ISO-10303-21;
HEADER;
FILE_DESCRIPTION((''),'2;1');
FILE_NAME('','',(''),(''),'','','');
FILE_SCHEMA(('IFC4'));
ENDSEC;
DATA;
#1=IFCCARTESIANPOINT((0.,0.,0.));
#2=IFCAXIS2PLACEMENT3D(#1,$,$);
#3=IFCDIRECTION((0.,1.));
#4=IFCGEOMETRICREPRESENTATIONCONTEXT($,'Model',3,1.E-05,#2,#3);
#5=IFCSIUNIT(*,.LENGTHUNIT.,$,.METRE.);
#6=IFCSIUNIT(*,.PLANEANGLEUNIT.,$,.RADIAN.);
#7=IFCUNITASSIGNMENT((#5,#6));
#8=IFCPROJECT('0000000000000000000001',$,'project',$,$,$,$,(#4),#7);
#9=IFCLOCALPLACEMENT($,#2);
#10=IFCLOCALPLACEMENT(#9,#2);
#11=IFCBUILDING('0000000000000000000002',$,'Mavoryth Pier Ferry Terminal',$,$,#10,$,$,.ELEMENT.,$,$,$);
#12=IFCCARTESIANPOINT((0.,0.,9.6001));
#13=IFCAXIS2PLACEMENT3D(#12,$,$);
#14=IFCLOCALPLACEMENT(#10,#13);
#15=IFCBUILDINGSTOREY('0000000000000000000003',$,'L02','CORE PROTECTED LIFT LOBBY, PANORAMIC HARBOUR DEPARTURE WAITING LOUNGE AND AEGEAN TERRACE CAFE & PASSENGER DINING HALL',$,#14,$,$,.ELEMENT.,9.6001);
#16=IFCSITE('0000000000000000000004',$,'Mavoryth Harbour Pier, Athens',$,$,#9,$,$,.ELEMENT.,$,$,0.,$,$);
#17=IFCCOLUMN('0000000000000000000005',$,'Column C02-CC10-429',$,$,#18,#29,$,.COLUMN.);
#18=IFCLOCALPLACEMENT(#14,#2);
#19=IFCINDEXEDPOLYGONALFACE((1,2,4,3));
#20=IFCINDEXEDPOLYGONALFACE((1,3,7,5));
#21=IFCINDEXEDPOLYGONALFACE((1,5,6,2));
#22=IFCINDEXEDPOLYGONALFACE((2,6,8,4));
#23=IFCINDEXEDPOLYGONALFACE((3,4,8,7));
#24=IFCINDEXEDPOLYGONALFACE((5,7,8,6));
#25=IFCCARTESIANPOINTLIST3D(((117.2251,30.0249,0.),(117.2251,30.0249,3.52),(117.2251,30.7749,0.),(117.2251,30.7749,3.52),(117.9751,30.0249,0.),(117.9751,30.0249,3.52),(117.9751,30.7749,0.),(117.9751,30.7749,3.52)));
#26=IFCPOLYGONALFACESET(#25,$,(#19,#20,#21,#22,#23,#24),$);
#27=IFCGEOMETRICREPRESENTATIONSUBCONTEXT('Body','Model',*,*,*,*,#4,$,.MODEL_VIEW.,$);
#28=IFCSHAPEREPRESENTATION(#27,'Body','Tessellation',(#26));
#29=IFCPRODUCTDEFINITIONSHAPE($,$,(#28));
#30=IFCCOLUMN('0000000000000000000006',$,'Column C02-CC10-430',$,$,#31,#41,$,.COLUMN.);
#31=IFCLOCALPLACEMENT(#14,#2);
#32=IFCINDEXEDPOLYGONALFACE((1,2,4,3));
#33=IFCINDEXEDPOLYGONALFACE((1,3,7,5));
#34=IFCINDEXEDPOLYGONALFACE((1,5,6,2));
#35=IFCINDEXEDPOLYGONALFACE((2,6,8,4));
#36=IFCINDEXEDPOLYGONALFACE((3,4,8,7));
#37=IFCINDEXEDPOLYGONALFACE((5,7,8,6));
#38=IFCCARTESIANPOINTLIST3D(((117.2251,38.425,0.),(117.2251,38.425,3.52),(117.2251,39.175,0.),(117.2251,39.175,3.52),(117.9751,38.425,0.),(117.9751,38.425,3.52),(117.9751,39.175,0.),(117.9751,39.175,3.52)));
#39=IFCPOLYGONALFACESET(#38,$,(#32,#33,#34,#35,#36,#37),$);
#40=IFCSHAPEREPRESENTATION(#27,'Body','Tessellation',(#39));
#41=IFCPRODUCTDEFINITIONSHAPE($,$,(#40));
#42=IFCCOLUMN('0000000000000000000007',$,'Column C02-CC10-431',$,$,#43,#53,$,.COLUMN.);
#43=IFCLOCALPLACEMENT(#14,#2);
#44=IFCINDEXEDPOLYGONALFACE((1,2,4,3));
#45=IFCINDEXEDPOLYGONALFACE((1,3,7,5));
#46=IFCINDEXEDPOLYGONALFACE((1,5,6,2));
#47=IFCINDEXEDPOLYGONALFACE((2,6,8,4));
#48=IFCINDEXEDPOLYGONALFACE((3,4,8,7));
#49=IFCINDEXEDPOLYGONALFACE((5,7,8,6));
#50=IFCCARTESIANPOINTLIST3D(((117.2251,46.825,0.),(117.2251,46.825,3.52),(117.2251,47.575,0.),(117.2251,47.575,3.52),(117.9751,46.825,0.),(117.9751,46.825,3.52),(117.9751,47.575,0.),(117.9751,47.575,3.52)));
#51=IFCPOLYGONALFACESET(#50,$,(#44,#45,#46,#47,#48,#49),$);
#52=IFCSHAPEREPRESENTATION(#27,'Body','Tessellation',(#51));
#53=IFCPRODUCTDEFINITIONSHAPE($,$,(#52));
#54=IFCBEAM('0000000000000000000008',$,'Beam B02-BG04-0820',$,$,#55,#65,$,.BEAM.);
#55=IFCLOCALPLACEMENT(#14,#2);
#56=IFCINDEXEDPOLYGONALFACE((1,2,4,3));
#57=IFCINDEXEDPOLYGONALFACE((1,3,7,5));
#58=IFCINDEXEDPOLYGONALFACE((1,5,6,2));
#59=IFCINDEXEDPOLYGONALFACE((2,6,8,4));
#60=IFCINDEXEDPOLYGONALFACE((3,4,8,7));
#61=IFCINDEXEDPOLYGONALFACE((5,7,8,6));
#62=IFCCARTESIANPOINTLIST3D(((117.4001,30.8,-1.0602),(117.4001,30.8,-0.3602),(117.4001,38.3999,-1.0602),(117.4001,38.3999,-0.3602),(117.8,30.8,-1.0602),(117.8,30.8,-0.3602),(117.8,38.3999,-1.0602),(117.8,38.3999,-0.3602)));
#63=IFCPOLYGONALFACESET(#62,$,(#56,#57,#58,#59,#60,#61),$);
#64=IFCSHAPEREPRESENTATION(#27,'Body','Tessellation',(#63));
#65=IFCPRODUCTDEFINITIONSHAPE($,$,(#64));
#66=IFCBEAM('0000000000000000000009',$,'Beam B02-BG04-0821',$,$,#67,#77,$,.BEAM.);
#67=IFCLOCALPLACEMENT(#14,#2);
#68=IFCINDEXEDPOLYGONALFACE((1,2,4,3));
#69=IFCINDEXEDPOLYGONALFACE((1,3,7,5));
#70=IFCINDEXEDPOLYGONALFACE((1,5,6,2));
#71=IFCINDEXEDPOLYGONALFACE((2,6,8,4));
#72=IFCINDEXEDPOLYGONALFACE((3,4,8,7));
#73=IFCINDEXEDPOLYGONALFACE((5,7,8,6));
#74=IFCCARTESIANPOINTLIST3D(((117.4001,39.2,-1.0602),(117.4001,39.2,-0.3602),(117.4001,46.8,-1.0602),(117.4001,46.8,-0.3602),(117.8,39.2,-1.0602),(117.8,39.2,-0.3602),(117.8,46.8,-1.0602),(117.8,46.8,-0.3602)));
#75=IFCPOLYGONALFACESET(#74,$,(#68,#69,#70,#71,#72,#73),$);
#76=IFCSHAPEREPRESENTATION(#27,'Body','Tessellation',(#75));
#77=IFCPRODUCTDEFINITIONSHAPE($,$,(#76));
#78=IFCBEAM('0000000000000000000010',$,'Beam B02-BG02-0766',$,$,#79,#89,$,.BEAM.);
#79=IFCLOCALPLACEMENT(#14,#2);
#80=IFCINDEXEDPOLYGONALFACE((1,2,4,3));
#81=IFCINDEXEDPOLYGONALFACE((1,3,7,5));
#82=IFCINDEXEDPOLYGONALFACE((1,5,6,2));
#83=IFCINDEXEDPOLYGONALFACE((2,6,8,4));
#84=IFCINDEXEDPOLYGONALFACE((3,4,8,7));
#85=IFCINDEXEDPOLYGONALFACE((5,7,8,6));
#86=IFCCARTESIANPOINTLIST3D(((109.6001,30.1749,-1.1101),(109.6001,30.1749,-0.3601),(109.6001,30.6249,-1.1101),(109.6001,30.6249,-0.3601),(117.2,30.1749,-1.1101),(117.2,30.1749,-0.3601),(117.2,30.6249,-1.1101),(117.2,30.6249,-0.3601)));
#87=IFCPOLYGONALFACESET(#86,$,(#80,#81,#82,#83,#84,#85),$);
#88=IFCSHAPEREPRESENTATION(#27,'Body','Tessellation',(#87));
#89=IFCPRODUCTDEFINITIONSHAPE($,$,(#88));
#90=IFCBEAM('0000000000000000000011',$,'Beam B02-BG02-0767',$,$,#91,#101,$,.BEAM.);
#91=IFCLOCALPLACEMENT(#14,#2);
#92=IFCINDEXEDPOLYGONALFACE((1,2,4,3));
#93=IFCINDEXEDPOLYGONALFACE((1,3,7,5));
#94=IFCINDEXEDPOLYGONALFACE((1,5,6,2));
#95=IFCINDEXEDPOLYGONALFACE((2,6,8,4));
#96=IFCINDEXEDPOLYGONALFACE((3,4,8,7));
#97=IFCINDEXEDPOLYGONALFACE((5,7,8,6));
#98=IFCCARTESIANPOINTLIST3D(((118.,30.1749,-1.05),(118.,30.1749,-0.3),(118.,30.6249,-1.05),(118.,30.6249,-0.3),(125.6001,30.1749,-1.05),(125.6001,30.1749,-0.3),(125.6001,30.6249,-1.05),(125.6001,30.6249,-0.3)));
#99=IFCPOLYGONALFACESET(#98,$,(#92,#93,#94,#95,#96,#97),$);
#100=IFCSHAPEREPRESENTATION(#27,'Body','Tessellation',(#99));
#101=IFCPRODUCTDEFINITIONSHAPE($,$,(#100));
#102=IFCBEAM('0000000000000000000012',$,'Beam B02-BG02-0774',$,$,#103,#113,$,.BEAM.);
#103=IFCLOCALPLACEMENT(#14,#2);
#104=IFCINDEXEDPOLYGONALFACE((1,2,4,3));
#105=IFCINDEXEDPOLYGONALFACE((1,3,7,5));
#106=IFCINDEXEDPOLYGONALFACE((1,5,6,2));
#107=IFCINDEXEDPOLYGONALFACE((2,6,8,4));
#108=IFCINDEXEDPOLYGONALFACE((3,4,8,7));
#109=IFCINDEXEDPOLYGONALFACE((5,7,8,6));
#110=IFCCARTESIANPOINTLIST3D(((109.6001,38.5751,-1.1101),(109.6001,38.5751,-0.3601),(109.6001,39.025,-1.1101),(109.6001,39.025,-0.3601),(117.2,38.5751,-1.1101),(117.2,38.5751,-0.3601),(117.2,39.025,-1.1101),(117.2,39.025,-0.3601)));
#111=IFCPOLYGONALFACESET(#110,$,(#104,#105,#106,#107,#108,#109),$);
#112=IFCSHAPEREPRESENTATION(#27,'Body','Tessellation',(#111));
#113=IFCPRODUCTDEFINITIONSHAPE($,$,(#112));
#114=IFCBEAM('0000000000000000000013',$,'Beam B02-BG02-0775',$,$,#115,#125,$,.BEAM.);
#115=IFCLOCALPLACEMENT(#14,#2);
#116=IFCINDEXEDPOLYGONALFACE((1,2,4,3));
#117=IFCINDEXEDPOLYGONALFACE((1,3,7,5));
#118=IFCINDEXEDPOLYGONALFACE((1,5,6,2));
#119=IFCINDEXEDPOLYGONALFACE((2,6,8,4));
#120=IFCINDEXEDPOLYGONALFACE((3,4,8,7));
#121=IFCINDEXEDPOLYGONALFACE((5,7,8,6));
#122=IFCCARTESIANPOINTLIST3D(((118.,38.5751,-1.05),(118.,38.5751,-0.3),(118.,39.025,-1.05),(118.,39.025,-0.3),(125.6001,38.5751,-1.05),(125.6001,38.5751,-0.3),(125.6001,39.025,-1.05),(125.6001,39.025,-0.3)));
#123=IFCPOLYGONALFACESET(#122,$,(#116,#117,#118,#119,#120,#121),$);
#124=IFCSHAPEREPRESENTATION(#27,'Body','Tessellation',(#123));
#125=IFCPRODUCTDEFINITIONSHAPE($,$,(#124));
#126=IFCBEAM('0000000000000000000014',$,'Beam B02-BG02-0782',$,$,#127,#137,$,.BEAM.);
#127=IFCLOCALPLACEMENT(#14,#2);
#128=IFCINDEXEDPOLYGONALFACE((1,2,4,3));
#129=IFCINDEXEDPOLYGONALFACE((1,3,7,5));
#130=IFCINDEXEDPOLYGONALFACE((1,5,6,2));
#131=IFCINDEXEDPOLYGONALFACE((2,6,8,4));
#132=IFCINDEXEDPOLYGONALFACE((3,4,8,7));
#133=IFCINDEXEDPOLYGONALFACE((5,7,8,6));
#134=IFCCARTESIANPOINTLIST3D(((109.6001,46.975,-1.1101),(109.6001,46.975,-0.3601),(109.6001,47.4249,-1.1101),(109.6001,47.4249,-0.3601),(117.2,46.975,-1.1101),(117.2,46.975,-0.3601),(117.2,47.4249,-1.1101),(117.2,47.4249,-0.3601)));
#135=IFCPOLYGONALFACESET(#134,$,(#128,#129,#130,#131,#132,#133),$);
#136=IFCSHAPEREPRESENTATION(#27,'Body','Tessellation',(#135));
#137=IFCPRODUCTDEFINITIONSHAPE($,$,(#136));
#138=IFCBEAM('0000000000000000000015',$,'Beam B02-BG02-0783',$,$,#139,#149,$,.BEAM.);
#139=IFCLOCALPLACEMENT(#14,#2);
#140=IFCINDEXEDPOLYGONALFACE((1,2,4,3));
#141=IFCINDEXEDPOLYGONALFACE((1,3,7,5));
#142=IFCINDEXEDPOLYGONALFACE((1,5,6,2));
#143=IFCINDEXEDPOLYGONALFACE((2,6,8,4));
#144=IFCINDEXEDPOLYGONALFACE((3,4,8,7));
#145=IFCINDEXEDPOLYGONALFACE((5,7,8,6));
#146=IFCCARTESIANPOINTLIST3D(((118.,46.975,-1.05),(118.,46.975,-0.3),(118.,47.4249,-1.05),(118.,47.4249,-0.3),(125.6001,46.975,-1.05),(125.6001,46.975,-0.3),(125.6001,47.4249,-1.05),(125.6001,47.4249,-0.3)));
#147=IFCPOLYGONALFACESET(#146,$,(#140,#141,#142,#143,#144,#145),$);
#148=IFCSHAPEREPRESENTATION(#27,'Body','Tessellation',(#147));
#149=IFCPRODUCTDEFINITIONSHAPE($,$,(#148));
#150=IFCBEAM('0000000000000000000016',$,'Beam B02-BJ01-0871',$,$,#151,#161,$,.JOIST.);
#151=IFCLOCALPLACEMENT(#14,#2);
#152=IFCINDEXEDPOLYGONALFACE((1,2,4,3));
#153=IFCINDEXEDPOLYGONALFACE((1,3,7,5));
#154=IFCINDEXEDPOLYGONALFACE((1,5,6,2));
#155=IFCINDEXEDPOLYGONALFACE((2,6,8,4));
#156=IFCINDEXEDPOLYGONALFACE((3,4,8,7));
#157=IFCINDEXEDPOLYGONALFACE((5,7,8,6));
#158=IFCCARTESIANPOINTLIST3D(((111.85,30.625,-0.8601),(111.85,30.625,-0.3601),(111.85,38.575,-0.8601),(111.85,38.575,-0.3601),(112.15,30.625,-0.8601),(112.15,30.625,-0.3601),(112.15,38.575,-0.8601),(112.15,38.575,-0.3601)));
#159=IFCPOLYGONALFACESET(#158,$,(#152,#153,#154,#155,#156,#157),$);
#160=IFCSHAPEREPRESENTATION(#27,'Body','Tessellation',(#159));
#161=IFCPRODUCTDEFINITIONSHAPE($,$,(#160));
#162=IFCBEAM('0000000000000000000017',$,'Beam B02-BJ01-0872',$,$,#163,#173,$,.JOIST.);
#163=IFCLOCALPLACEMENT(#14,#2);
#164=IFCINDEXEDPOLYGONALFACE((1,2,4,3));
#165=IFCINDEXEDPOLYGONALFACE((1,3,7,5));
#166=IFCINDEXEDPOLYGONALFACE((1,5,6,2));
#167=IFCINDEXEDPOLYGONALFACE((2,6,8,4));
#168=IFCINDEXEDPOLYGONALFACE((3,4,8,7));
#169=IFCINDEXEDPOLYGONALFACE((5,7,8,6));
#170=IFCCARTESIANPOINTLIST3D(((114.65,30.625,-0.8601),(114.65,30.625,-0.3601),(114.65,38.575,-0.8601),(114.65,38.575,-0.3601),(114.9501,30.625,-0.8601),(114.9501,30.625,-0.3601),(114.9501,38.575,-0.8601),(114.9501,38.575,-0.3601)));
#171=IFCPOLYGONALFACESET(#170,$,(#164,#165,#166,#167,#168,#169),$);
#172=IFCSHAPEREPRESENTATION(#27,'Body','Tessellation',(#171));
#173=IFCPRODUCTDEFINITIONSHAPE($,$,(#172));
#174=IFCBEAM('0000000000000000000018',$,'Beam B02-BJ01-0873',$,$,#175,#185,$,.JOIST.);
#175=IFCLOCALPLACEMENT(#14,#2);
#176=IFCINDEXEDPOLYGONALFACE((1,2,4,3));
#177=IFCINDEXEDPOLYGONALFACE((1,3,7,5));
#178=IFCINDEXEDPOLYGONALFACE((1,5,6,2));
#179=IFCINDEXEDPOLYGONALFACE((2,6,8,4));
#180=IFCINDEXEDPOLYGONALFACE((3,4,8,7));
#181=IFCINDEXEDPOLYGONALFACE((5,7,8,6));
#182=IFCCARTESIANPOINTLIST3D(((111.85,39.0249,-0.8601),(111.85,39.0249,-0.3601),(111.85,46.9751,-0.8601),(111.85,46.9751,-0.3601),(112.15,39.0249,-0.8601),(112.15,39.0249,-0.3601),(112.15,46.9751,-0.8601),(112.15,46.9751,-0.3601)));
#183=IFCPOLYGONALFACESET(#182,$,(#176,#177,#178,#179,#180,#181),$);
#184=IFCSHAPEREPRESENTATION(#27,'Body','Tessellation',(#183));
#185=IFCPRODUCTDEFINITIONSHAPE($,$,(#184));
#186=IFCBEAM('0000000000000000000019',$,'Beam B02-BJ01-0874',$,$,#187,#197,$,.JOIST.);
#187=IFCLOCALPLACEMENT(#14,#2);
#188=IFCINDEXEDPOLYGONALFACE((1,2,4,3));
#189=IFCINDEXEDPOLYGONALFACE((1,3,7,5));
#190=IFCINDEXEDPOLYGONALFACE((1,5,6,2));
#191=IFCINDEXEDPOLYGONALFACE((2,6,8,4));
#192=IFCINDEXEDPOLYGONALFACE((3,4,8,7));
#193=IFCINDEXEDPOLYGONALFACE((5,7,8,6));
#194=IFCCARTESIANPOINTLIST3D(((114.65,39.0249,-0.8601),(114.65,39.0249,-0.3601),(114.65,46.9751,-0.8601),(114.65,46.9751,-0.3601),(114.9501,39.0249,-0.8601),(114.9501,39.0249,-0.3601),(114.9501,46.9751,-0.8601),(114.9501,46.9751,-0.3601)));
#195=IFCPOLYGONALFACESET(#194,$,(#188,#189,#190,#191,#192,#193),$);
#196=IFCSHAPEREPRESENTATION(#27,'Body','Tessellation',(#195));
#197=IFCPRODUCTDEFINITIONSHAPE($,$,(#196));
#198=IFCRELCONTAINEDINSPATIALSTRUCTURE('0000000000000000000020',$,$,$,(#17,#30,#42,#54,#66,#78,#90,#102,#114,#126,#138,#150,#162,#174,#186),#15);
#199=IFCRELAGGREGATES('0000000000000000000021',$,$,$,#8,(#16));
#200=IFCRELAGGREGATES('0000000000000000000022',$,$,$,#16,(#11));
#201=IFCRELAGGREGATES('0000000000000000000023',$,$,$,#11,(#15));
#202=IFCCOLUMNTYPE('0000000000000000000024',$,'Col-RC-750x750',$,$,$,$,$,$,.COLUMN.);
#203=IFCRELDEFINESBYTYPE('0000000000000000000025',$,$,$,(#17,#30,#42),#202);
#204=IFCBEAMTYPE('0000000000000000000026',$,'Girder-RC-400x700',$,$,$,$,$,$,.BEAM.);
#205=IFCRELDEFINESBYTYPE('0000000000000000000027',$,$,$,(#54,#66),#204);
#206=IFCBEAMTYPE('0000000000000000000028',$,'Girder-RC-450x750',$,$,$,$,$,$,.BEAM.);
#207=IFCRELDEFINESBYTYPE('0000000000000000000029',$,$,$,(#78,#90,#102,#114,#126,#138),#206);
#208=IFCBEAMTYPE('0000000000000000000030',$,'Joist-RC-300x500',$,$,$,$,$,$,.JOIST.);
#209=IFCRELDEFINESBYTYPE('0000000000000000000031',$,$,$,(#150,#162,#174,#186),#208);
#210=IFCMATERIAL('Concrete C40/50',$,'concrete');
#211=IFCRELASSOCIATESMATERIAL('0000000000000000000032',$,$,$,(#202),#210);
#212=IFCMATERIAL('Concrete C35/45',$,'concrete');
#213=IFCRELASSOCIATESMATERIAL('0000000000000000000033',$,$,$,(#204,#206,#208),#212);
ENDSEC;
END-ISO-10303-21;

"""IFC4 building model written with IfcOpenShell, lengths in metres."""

from ifc_helpers import new_model, si_unit, direction, frame, origin, origin_2d, place, context, subcontext, project, spatial, rectangle, extrude, material, material_profile, profile_set, type_object, element, save


model = new_model("IFC4")

# Units and contexts
model_context = context("Model", 3, precision=1e-05, world=origin(), true_north=direction((0.0, 1.0)))
body_context = subcontext(model_context, "Body", "Model", "MODEL_VIEW")
ifc_project = project(units=[si_unit("LENGTHUNIT", "METRE"), si_unit("PLANEANGLEUNIT", "RADIAN")], contexts=[model_context])

# Site, building, storey
site_placement = place(None, origin())
site = spatial("IfcSite", under=ifc_project, at=site_placement, Name="Mavoryth Harbour Pier, Athens", CompositionType="ELEMENT", RefElevation=0.0)
building_placement = place(site_placement, origin())
building = spatial("IfcBuilding", under=site, at=building_placement, Name="Mavoryth Pier Ferry Terminal", CompositionType="ELEMENT")
storey_placement = place(building_placement, frame((0.0, 0.0, 9.6001)))
storey = spatial("IfcBuildingStorey", under=building, at=storey_placement, Name="L02", Description="CORE PROTECTED LIFT LOBBY, PANORAMIC HARBOUR DEPARTURE WAITING LOUNGE AND AEGEAN TERRACE CAFE & PASSENGER DINING HALL", CompositionType="ELEMENT", Elevation=9.6001)

# Columns
ifc_material_1 = material(Name="Concrete C40/50", Category="concrete")
ifc_material_profile_1 = material_profile(ifc_material_1, rectangle(XDim=0.75, YDim=0.75, at=origin_2d()), Name="RC 750x750", Category="concrete")
ifc_profile_set_1 = profile_set([ifc_material_profile_1], Name="Concrete C40/50 - RC 750x750")
column_type = type_object("IfcColumnType", Name="Col-RC-750x750", PredefinedType="COLUMN", material=ifc_profile_set_1)
for number, where, z_axis, x_axis, name in (
    (1, (117.6001, 30.3999, 0.0), (0.0, 0.0, 1.0), (1.0, 0.0, 0.0), "Column C02-CC10-429"),
    (2, (117.6001, 38.8, 0.0), (0.0, 0.0, 1.0), (1.0, 0.0, 0.0), "Column C02-CC10-430"),
    (3, (117.6001, 47.2, 0.0), (0.0, 0.0, 1.0), (1.0, 0.0, 0.0), "Column C02-CC10-431"),
):
    element("IfcColumn", number, at=place(storey_placement, frame(where, z_axis=z_axis, x_axis=x_axis)), inside=storey, type_object=column_type, Name=name, PredefinedType="COLUMN", context=body_context, shape_type="SweptSolid", body=[
        extrude(rectangle(XDim=0.75, YDim=0.75, at=origin_2d()), origin(), (0.0, 0.0, 1.0), 3.52),
    ])

# Beams
ifc_material_2 = material(Name="Concrete C35/45", Category="concrete")
ifc_material_profile_2 = material_profile(ifc_material_2, rectangle(XDim=0.3999, YDim=0.7, at=origin_2d()), Name="RC 400x700", Category="concrete")
ifc_profile_set_2 = profile_set([ifc_material_profile_2], Name="Concrete C35/45 - RC 400x700")
beam_type_1 = type_object("IfcBeamType", Name="Girder-RC-400x700", PredefinedType="BEAM", material=ifc_profile_set_2)
beam_1_placement = place(storey_placement, frame((117.6001, 30.8, -0.7102), z_axis=(0.0, 1.0, 0.0), x_axis=(-1.0, 0.0, 0.0)))
element("IfcBeam", 4, at=beam_1_placement, inside=storey, type_object=beam_type_1, Name="Beam B02-BG04-0820", PredefinedType="BEAM", context=body_context, shape_type="SweptSolid", body=[
    extrude(rectangle(XDim=0.3999, YDim=0.7, at=origin_2d()), origin(), (0.0, 0.0, 1.0), 7.5999),
])
beam_2_placement = place(storey_placement, frame((117.6001, 39.2, -0.7102), z_axis=(0.0, 1.0, 0.0), x_axis=(-1.0, 0.0, 0.0)))
element("IfcBeam", 5, at=beam_2_placement, inside=storey, type_object=beam_type_1, Name="Beam B02-BG04-0821", PredefinedType="BEAM", context=body_context, shape_type="SweptSolid", body=[
    extrude(rectangle(XDim=0.3999, YDim=0.7, at=origin_2d()), origin(), (0.0, 0.0, 1.0), 7.6001),
])
ifc_material_profile_3 = material_profile(ifc_material_2, rectangle(XDim=0.45, YDim=0.75, at=origin_2d()), Name="RC 450x750", Category="concrete")
ifc_profile_set_3 = profile_set([ifc_material_profile_3], Name="Concrete C35/45 - RC 450x750")
beam_type_2 = type_object("IfcBeamType", Name="Girder-RC-450x750", PredefinedType="BEAM", material=ifc_profile_set_3)
beam_3_placement = place(storey_placement, frame((109.6001, 30.3999, -0.7351), z_axis=(1.0, 0.0, 0.0), x_axis=(0.0, 1.0, 0.0)))
element("IfcBeam", 6, at=beam_3_placement, inside=storey, type_object=beam_type_2, Name="Beam B02-BG02-0766", PredefinedType="BEAM", context=body_context, shape_type="SweptSolid", body=[
    extrude(rectangle(XDim=0.45, YDim=0.75, at=origin_2d()), origin(), (0.0, 0.0, 1.0), 7.5999),
])
beam_4_placement = place(storey_placement, frame((118.0, 30.3999, -0.675), z_axis=(1.0, 0.0, 0.0), x_axis=(0.0, 1.0, 0.0)))
element("IfcBeam", 7, at=beam_4_placement, inside=storey, type_object=beam_type_2, Name="Beam B02-BG02-0767", PredefinedType="BEAM", context=body_context, shape_type="SweptSolid", body=[
    extrude(rectangle(XDim=0.45, YDim=0.75, at=origin_2d()), origin(), (0.0, 0.0, 1.0), 7.6001),
])
beam_5_placement = place(storey_placement, frame((109.6001, 38.8, -0.7351), z_axis=(1.0, 0.0, 0.0), x_axis=(0.0, 1.0, 0.0)))
element("IfcBeam", 8, at=beam_5_placement, inside=storey, type_object=beam_type_2, Name="Beam B02-BG02-0774", PredefinedType="BEAM", context=body_context, shape_type="SweptSolid", body=[
    extrude(rectangle(XDim=0.45, YDim=0.75, at=origin_2d()), origin(), (0.0, 0.0, 1.0), 7.5999),
])
beam_6_placement = place(storey_placement, frame((118.0, 38.8, -0.675), z_axis=(1.0, 0.0, 0.0), x_axis=(0.0, 1.0, 0.0)))
element("IfcBeam", 9, at=beam_6_placement, inside=storey, type_object=beam_type_2, Name="Beam B02-BG02-0775", PredefinedType="BEAM", context=body_context, shape_type="SweptSolid", body=[
    extrude(rectangle(XDim=0.45, YDim=0.75, at=origin_2d()), origin(), (0.0, 0.0, 1.0), 7.6001),
])
beam_7_placement = place(storey_placement, frame((109.6001, 47.2, -0.7351), z_axis=(1.0, 0.0, 0.0), x_axis=(0.0, 1.0, 0.0)))
element("IfcBeam", 10, at=beam_7_placement, inside=storey, type_object=beam_type_2, Name="Beam B02-BG02-0782", PredefinedType="BEAM", context=body_context, shape_type="SweptSolid", body=[
    extrude(rectangle(XDim=0.45, YDim=0.75, at=origin_2d()), origin(), (0.0, 0.0, 1.0), 7.5999),
])
beam_8_placement = place(storey_placement, frame((118.0, 47.2, -0.675), z_axis=(1.0, 0.0, 0.0), x_axis=(0.0, 1.0, 0.0)))
element("IfcBeam", 11, at=beam_8_placement, inside=storey, type_object=beam_type_2, Name="Beam B02-BG02-0783", PredefinedType="BEAM", context=body_context, shape_type="SweptSolid", body=[
    extrude(rectangle(XDim=0.45, YDim=0.75, at=origin_2d()), origin(), (0.0, 0.0, 1.0), 7.6001),
])
ifc_material_profile_4 = material_profile(ifc_material_2, rectangle(XDim=0.3, YDim=0.5, at=origin_2d()), Name="RC 300x500", Category="concrete")
ifc_profile_set_4 = profile_set([ifc_material_profile_4], Name="Concrete C35/45 - RC 300x500")
beam_type_3 = type_object("IfcBeamType", Name="Joist-RC-300x500", PredefinedType="JOIST", material=ifc_profile_set_4)
for number, where, z_axis, x_axis, name in (
    (12, (112.0, 30.625, -0.6101), (0.0, 1.0, 0.0), (-1.0, 0.0, 0.0), "Beam B02-BJ01-0871"),
    (13, (114.8, 30.625, -0.6101), (0.0, 1.0, 0.0), (-1.0, 0.0, 0.0), "Beam B02-BJ01-0872"),
):
    element("IfcBeam", number, at=place(storey_placement, frame(where, z_axis=z_axis, x_axis=x_axis)), inside=storey, type_object=beam_type_3, Name=name, PredefinedType="JOIST", context=body_context, shape_type="SweptSolid", body=[
        extrude(rectangle(XDim=0.3, YDim=0.5, at=origin_2d()), origin(), (0.0, 0.0, 1.0), 7.95),
    ])
for number, where, z_axis, x_axis, name in (
    (14, (112.0, 39.0249, -0.6101), (0.0, 1.0, 0.0), (-1.0, 0.0, 0.0), "Beam B02-BJ01-0873"),
    (15, (114.8, 39.0249, -0.6101), (0.0, 1.0, 0.0), (-1.0, 0.0, 0.0), "Beam B02-BJ01-0874"),
):
    element("IfcBeam", number, at=place(storey_placement, frame(where, z_axis=z_axis, x_axis=x_axis)), inside=storey, type_object=beam_type_3, Name=name, PredefinedType="JOIST", context=body_context, shape_type="SweptSolid", body=[
        extrude(rectangle(XDim=0.3, YDim=0.5, at=origin_2d()), origin(), (0.0, 0.0, 1.0), 7.9502),
    ])

save(model, "model.ifc")
